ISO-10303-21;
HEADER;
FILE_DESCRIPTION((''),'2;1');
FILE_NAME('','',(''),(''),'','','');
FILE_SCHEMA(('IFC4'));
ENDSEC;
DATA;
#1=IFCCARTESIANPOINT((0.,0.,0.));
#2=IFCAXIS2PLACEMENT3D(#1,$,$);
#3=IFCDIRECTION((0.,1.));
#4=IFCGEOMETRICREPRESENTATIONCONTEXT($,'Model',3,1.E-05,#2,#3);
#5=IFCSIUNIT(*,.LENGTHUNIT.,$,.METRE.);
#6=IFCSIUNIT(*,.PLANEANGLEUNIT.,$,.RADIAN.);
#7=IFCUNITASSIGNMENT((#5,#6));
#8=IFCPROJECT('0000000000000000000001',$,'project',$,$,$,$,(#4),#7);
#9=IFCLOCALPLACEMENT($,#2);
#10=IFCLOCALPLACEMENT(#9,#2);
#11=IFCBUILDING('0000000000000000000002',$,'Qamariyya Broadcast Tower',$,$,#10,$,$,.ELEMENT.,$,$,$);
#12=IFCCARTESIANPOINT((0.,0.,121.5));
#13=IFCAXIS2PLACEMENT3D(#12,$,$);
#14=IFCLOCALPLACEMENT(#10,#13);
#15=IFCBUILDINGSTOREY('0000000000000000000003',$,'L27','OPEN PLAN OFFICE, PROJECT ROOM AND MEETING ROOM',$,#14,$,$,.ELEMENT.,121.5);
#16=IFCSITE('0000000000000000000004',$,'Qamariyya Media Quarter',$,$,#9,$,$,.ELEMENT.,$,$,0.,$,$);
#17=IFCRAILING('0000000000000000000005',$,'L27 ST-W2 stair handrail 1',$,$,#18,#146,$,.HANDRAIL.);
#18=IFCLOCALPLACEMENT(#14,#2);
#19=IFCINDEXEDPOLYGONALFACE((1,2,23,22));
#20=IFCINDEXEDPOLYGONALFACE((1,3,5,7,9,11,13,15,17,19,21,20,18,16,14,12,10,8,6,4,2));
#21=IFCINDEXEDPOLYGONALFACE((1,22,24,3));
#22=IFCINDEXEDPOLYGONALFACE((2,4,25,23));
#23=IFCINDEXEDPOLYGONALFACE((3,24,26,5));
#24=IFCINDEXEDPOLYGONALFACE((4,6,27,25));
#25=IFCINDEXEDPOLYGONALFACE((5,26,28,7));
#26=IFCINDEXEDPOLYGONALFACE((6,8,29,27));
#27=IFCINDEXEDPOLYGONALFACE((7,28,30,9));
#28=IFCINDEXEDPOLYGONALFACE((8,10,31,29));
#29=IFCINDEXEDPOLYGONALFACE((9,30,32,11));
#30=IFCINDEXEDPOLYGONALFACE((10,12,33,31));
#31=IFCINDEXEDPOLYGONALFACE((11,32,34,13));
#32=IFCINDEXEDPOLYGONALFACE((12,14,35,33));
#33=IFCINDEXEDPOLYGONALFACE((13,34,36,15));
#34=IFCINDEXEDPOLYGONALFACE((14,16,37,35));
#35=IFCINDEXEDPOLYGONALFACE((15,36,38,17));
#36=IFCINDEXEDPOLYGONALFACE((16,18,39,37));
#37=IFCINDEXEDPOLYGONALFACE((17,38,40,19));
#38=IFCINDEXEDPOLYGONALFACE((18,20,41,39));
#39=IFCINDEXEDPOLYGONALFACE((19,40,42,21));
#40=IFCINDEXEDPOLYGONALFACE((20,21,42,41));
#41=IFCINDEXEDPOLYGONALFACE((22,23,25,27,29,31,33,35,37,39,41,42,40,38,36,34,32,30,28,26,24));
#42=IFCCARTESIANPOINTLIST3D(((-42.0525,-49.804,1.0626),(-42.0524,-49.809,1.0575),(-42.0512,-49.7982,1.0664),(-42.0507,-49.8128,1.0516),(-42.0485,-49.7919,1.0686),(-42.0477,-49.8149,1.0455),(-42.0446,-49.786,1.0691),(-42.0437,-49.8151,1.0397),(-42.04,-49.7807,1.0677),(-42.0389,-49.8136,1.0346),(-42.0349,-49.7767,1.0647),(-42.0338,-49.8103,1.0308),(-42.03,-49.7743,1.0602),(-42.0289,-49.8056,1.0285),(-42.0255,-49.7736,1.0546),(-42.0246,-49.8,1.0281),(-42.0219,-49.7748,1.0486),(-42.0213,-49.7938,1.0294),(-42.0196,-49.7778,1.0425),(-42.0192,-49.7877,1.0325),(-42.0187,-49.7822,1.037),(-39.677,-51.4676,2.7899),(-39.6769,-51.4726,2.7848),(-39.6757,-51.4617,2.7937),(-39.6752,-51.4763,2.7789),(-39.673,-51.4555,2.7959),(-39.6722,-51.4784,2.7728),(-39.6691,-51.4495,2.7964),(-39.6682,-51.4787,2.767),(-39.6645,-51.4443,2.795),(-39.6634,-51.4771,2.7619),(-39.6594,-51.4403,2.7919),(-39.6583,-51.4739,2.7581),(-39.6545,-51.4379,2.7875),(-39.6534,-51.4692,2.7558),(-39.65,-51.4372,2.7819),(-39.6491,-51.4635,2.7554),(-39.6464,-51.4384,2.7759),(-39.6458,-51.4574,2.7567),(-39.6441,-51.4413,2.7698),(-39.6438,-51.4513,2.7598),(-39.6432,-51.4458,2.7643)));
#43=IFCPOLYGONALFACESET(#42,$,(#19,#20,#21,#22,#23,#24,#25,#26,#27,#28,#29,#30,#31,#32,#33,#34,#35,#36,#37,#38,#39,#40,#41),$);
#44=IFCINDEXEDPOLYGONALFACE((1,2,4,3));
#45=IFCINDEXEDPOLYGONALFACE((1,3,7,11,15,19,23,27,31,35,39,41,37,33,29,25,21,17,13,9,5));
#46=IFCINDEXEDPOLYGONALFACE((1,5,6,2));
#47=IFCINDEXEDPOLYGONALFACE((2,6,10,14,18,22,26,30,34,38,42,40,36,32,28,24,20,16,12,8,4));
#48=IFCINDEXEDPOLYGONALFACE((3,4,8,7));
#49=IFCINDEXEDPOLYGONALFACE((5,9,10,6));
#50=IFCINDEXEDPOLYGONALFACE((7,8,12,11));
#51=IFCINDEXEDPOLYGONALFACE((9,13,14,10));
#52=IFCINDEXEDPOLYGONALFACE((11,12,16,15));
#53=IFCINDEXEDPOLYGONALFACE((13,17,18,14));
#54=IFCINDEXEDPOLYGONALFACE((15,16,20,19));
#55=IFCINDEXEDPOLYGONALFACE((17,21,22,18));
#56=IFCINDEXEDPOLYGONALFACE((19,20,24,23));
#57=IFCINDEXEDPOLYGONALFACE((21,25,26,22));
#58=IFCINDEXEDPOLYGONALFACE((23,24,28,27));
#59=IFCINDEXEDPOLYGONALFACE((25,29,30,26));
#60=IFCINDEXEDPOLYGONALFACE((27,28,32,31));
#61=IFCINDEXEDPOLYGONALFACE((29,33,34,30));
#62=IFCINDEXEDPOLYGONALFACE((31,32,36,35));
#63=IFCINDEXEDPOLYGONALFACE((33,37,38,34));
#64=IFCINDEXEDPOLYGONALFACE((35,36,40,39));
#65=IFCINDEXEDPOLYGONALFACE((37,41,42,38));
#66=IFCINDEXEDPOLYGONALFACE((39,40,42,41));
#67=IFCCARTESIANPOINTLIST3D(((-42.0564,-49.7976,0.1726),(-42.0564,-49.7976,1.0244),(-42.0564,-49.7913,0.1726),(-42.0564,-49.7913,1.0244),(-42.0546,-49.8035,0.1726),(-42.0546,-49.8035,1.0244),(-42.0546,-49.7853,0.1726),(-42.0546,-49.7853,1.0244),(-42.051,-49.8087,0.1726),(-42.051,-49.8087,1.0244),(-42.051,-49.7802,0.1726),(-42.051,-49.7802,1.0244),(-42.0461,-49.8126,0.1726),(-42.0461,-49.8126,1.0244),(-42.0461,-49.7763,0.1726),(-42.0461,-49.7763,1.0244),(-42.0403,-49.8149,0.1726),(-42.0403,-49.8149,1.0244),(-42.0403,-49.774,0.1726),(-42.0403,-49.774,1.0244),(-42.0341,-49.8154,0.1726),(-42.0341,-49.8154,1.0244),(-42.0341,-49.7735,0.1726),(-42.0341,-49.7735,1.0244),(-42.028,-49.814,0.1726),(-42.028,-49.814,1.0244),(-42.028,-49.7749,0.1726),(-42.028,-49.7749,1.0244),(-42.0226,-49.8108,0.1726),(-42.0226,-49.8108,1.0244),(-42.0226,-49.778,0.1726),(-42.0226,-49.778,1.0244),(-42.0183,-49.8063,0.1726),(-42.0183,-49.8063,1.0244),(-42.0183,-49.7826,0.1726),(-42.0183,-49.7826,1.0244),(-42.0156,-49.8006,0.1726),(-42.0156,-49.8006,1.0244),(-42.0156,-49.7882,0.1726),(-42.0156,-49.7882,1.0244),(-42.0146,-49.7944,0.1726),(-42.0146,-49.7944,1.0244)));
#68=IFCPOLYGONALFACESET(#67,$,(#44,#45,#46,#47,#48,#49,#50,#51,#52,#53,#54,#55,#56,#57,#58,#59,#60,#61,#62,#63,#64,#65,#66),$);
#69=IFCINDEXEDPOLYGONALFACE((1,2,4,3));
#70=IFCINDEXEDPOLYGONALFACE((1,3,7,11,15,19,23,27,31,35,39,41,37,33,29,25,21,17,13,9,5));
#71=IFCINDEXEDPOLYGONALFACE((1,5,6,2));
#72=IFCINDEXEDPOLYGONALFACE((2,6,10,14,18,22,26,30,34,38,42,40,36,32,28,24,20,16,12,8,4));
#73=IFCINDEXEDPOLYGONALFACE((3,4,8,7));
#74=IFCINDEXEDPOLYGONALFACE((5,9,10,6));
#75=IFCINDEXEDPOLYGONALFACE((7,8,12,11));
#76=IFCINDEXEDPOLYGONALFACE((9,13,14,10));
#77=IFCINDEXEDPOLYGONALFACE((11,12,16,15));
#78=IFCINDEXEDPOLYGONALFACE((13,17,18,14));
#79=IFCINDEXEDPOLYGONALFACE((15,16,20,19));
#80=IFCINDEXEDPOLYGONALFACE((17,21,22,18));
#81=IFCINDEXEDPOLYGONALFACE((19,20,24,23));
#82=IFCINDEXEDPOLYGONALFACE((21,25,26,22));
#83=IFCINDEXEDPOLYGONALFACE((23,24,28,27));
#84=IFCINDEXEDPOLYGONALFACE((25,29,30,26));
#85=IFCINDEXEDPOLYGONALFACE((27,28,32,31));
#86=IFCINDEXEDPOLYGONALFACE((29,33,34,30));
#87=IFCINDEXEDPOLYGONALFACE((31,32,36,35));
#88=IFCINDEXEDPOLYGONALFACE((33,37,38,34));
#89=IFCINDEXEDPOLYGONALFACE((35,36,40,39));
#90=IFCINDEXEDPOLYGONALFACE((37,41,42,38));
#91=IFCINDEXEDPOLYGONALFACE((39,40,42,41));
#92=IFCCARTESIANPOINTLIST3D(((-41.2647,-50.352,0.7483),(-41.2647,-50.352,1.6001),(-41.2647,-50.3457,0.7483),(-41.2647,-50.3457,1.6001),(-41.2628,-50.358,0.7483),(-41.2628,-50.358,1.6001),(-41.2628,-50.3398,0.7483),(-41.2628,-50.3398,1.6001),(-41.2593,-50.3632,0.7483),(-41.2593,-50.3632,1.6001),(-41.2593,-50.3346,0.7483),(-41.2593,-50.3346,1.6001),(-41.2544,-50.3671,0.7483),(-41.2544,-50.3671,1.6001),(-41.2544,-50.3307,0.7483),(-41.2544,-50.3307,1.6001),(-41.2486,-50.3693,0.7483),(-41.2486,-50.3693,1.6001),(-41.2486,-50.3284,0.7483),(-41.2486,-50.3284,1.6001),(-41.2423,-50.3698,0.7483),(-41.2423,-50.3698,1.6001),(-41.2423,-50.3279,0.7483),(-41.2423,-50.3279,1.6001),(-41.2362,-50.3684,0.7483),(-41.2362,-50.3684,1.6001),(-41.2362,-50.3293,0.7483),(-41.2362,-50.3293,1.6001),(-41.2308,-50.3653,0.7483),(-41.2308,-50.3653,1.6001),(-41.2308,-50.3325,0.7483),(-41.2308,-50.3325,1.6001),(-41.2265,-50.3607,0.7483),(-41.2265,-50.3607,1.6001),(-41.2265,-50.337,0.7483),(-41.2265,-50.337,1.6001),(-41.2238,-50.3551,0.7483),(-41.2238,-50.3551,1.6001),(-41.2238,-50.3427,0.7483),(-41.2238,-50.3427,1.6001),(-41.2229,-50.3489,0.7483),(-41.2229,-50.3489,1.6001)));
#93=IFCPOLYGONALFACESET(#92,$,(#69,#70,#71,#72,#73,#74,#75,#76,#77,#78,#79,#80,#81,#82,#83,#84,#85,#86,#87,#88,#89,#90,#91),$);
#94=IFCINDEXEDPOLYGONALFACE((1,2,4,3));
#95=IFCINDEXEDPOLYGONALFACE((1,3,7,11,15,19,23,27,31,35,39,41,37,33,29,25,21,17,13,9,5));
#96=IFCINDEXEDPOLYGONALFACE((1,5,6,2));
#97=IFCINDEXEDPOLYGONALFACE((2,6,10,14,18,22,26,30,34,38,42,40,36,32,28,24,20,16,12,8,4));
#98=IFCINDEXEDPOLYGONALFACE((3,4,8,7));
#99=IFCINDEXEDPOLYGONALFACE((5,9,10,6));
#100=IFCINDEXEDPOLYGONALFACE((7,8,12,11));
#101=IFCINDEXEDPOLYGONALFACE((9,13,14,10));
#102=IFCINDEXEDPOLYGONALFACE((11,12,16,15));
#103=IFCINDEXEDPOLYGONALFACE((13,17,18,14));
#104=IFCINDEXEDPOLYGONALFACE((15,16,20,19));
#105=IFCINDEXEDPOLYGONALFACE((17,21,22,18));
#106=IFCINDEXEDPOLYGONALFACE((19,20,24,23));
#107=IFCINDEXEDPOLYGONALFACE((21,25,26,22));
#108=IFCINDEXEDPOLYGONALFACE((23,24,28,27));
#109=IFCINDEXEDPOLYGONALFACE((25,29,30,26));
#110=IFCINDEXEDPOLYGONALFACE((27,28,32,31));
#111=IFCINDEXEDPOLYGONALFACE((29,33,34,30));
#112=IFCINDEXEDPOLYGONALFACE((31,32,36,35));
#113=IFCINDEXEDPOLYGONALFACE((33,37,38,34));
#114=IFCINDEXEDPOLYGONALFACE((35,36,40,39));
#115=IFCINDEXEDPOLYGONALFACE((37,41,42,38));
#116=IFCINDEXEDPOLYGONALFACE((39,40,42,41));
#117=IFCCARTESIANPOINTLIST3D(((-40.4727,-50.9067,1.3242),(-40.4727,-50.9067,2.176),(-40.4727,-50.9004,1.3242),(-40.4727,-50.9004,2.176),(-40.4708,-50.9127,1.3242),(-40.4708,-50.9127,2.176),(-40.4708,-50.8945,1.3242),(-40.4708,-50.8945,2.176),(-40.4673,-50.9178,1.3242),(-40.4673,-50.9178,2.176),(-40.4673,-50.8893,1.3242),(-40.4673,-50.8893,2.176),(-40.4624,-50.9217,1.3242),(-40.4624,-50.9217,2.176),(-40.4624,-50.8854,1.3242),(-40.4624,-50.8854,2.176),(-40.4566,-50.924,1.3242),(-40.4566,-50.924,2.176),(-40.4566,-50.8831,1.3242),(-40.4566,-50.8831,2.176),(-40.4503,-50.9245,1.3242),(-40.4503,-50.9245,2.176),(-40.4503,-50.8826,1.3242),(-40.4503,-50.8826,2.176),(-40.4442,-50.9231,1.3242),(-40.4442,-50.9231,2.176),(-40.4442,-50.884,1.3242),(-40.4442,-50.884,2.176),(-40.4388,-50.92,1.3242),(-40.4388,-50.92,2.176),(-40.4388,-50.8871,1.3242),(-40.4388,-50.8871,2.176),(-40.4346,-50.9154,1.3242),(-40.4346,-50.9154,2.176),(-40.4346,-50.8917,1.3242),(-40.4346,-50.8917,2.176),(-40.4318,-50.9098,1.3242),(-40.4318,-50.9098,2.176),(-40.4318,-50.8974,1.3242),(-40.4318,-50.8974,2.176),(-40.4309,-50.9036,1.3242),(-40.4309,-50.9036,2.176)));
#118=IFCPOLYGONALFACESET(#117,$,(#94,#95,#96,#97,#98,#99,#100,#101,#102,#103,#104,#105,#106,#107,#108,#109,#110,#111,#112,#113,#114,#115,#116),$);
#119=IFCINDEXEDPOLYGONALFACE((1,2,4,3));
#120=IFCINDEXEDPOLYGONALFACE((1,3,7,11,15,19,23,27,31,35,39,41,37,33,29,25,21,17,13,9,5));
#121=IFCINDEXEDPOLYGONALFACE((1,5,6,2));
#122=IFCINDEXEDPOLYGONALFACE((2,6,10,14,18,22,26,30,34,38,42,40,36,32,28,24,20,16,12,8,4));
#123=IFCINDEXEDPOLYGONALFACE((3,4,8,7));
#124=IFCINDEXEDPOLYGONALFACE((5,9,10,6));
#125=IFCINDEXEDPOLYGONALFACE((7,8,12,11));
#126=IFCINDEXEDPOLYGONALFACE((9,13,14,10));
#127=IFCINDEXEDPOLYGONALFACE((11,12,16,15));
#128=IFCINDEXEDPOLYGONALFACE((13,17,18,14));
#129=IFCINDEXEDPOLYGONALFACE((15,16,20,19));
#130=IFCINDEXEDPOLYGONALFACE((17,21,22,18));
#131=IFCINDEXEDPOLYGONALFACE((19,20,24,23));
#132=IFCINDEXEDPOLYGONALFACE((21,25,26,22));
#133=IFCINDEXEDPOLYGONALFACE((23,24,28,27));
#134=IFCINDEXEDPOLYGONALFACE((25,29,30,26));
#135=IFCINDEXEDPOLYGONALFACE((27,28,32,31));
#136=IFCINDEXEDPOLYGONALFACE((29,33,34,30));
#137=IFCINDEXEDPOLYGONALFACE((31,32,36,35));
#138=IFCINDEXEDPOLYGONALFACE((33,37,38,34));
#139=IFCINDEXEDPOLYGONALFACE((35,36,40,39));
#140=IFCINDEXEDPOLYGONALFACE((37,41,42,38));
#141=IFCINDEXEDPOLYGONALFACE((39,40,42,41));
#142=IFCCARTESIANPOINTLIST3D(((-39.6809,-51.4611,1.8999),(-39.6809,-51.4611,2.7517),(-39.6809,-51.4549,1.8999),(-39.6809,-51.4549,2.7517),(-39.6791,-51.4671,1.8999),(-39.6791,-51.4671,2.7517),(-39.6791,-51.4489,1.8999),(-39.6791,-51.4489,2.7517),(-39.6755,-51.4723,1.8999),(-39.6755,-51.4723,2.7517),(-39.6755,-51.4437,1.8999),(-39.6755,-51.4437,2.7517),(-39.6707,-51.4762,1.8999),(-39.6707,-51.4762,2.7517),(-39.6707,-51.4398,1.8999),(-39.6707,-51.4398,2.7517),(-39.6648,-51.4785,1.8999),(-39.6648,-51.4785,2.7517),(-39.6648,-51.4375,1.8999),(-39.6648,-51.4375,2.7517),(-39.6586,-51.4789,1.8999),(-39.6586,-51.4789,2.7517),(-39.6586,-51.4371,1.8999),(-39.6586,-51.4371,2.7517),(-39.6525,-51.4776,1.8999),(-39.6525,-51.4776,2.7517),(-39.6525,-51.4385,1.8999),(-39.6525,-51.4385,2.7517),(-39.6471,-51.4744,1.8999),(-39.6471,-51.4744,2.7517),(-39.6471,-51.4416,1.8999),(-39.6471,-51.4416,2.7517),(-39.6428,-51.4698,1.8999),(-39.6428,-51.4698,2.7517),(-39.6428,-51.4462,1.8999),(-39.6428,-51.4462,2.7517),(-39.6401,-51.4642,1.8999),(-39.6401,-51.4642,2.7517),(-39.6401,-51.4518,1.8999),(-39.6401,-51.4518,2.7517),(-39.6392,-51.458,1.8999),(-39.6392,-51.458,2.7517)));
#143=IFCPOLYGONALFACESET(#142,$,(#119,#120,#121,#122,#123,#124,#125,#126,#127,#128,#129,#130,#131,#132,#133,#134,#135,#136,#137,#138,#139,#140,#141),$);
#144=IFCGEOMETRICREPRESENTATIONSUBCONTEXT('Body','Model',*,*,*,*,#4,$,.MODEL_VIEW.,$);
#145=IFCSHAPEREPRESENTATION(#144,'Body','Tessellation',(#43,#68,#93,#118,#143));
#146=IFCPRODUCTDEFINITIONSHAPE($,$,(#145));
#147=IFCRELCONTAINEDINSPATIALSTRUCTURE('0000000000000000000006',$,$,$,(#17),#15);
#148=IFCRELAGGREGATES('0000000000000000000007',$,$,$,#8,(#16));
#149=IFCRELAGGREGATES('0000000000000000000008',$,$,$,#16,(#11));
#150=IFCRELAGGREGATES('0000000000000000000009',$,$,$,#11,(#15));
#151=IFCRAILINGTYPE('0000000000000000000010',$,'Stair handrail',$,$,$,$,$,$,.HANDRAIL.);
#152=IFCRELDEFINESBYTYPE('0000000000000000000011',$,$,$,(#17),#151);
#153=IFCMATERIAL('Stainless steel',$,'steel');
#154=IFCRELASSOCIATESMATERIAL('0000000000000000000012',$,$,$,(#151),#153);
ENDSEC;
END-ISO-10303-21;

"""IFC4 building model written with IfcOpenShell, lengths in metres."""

from ifc_helpers import new_model, si_unit, direction, frame, origin, origin_2d, place, context, subcontext, project, spatial, circle, extrude, material, type_object, element, save


model = new_model("IFC4")

# Units and contexts
model_context = context("Model", 3, precision=1e-05, world=origin(), true_north=direction((0.0, 1.0)))
body_context = subcontext(model_context, "Body", "Model", "MODEL_VIEW")
ifc_project = project(units=[si_unit("LENGTHUNIT", "METRE"), si_unit("PLANEANGLEUNIT", "RADIAN")], contexts=[model_context])

# Site, building, storey
site_placement = place(None, origin())
site = spatial("IfcSite", under=ifc_project, at=site_placement, Name="Qamariyya Media Quarter", CompositionType="ELEMENT", RefElevation=0.0)
building_placement = place(site_placement, origin())
building = spatial("IfcBuilding", under=site, at=building_placement, Name="Qamariyya Broadcast Tower", CompositionType="ELEMENT")
storey_placement = place(building_placement, frame((0.0, 0.0, 121.5)))
storey = spatial("IfcBuildingStorey", under=building, at=storey_placement, Name="L27", Description="OPEN PLAN OFFICE, PROJECT ROOM AND MEETING ROOM", CompositionType="ELEMENT", Elevation=121.5)

# Railing
ifc_material_1 = material(Name="Stainless steel", Category="steel")
railing_type_1 = type_object("IfcRailingType", Name="Stair handrail", PredefinedType="HANDRAIL", material=ifc_material_1)
railing_1_placement = place(storey_placement, frame((-42.0356, -49.7944, 0.1726)))
element("IfcRailing", 1, at=railing_1_placement, inside=storey, type_object=railing_type_1, Name="L27 ST-W2 stair handrail 1", PredefinedType="HANDRAIL", context=body_context, shape_type="SweptSolid", body=[
    extrude(circle(Radius=0.0239, at=origin_2d()), frame((0.0, 0.0, 0.876), z_axis=(0.703745, -0.492838, 0.511716), x_axis=(0.573632, 0.819113, 0.0)), (0.0, 0.0, 1.0), 3.3755),
    extrude(circle(Radius=0.021, at=origin_2d()), origin(), (0.0, 0.0, 1.0), 0.8518),
    extrude(circle(Radius=0.021, at=origin_2d()), frame((0.7917, -0.5544, 0.5757)), (0.0, 0.0, 1.0), 0.8518),
    extrude(circle(Radius=0.021, at=origin_2d()), frame((1.5837, -1.1091, 1.1516)), (0.0, 0.0, 1.0), 0.8518),
    extrude(circle(Radius=0.021, at=origin_2d()), frame((2.3755, -1.6636, 1.7273)), (0.0, 0.0, 1.0), 0.8518),
])

save(model, "model.ifc")
